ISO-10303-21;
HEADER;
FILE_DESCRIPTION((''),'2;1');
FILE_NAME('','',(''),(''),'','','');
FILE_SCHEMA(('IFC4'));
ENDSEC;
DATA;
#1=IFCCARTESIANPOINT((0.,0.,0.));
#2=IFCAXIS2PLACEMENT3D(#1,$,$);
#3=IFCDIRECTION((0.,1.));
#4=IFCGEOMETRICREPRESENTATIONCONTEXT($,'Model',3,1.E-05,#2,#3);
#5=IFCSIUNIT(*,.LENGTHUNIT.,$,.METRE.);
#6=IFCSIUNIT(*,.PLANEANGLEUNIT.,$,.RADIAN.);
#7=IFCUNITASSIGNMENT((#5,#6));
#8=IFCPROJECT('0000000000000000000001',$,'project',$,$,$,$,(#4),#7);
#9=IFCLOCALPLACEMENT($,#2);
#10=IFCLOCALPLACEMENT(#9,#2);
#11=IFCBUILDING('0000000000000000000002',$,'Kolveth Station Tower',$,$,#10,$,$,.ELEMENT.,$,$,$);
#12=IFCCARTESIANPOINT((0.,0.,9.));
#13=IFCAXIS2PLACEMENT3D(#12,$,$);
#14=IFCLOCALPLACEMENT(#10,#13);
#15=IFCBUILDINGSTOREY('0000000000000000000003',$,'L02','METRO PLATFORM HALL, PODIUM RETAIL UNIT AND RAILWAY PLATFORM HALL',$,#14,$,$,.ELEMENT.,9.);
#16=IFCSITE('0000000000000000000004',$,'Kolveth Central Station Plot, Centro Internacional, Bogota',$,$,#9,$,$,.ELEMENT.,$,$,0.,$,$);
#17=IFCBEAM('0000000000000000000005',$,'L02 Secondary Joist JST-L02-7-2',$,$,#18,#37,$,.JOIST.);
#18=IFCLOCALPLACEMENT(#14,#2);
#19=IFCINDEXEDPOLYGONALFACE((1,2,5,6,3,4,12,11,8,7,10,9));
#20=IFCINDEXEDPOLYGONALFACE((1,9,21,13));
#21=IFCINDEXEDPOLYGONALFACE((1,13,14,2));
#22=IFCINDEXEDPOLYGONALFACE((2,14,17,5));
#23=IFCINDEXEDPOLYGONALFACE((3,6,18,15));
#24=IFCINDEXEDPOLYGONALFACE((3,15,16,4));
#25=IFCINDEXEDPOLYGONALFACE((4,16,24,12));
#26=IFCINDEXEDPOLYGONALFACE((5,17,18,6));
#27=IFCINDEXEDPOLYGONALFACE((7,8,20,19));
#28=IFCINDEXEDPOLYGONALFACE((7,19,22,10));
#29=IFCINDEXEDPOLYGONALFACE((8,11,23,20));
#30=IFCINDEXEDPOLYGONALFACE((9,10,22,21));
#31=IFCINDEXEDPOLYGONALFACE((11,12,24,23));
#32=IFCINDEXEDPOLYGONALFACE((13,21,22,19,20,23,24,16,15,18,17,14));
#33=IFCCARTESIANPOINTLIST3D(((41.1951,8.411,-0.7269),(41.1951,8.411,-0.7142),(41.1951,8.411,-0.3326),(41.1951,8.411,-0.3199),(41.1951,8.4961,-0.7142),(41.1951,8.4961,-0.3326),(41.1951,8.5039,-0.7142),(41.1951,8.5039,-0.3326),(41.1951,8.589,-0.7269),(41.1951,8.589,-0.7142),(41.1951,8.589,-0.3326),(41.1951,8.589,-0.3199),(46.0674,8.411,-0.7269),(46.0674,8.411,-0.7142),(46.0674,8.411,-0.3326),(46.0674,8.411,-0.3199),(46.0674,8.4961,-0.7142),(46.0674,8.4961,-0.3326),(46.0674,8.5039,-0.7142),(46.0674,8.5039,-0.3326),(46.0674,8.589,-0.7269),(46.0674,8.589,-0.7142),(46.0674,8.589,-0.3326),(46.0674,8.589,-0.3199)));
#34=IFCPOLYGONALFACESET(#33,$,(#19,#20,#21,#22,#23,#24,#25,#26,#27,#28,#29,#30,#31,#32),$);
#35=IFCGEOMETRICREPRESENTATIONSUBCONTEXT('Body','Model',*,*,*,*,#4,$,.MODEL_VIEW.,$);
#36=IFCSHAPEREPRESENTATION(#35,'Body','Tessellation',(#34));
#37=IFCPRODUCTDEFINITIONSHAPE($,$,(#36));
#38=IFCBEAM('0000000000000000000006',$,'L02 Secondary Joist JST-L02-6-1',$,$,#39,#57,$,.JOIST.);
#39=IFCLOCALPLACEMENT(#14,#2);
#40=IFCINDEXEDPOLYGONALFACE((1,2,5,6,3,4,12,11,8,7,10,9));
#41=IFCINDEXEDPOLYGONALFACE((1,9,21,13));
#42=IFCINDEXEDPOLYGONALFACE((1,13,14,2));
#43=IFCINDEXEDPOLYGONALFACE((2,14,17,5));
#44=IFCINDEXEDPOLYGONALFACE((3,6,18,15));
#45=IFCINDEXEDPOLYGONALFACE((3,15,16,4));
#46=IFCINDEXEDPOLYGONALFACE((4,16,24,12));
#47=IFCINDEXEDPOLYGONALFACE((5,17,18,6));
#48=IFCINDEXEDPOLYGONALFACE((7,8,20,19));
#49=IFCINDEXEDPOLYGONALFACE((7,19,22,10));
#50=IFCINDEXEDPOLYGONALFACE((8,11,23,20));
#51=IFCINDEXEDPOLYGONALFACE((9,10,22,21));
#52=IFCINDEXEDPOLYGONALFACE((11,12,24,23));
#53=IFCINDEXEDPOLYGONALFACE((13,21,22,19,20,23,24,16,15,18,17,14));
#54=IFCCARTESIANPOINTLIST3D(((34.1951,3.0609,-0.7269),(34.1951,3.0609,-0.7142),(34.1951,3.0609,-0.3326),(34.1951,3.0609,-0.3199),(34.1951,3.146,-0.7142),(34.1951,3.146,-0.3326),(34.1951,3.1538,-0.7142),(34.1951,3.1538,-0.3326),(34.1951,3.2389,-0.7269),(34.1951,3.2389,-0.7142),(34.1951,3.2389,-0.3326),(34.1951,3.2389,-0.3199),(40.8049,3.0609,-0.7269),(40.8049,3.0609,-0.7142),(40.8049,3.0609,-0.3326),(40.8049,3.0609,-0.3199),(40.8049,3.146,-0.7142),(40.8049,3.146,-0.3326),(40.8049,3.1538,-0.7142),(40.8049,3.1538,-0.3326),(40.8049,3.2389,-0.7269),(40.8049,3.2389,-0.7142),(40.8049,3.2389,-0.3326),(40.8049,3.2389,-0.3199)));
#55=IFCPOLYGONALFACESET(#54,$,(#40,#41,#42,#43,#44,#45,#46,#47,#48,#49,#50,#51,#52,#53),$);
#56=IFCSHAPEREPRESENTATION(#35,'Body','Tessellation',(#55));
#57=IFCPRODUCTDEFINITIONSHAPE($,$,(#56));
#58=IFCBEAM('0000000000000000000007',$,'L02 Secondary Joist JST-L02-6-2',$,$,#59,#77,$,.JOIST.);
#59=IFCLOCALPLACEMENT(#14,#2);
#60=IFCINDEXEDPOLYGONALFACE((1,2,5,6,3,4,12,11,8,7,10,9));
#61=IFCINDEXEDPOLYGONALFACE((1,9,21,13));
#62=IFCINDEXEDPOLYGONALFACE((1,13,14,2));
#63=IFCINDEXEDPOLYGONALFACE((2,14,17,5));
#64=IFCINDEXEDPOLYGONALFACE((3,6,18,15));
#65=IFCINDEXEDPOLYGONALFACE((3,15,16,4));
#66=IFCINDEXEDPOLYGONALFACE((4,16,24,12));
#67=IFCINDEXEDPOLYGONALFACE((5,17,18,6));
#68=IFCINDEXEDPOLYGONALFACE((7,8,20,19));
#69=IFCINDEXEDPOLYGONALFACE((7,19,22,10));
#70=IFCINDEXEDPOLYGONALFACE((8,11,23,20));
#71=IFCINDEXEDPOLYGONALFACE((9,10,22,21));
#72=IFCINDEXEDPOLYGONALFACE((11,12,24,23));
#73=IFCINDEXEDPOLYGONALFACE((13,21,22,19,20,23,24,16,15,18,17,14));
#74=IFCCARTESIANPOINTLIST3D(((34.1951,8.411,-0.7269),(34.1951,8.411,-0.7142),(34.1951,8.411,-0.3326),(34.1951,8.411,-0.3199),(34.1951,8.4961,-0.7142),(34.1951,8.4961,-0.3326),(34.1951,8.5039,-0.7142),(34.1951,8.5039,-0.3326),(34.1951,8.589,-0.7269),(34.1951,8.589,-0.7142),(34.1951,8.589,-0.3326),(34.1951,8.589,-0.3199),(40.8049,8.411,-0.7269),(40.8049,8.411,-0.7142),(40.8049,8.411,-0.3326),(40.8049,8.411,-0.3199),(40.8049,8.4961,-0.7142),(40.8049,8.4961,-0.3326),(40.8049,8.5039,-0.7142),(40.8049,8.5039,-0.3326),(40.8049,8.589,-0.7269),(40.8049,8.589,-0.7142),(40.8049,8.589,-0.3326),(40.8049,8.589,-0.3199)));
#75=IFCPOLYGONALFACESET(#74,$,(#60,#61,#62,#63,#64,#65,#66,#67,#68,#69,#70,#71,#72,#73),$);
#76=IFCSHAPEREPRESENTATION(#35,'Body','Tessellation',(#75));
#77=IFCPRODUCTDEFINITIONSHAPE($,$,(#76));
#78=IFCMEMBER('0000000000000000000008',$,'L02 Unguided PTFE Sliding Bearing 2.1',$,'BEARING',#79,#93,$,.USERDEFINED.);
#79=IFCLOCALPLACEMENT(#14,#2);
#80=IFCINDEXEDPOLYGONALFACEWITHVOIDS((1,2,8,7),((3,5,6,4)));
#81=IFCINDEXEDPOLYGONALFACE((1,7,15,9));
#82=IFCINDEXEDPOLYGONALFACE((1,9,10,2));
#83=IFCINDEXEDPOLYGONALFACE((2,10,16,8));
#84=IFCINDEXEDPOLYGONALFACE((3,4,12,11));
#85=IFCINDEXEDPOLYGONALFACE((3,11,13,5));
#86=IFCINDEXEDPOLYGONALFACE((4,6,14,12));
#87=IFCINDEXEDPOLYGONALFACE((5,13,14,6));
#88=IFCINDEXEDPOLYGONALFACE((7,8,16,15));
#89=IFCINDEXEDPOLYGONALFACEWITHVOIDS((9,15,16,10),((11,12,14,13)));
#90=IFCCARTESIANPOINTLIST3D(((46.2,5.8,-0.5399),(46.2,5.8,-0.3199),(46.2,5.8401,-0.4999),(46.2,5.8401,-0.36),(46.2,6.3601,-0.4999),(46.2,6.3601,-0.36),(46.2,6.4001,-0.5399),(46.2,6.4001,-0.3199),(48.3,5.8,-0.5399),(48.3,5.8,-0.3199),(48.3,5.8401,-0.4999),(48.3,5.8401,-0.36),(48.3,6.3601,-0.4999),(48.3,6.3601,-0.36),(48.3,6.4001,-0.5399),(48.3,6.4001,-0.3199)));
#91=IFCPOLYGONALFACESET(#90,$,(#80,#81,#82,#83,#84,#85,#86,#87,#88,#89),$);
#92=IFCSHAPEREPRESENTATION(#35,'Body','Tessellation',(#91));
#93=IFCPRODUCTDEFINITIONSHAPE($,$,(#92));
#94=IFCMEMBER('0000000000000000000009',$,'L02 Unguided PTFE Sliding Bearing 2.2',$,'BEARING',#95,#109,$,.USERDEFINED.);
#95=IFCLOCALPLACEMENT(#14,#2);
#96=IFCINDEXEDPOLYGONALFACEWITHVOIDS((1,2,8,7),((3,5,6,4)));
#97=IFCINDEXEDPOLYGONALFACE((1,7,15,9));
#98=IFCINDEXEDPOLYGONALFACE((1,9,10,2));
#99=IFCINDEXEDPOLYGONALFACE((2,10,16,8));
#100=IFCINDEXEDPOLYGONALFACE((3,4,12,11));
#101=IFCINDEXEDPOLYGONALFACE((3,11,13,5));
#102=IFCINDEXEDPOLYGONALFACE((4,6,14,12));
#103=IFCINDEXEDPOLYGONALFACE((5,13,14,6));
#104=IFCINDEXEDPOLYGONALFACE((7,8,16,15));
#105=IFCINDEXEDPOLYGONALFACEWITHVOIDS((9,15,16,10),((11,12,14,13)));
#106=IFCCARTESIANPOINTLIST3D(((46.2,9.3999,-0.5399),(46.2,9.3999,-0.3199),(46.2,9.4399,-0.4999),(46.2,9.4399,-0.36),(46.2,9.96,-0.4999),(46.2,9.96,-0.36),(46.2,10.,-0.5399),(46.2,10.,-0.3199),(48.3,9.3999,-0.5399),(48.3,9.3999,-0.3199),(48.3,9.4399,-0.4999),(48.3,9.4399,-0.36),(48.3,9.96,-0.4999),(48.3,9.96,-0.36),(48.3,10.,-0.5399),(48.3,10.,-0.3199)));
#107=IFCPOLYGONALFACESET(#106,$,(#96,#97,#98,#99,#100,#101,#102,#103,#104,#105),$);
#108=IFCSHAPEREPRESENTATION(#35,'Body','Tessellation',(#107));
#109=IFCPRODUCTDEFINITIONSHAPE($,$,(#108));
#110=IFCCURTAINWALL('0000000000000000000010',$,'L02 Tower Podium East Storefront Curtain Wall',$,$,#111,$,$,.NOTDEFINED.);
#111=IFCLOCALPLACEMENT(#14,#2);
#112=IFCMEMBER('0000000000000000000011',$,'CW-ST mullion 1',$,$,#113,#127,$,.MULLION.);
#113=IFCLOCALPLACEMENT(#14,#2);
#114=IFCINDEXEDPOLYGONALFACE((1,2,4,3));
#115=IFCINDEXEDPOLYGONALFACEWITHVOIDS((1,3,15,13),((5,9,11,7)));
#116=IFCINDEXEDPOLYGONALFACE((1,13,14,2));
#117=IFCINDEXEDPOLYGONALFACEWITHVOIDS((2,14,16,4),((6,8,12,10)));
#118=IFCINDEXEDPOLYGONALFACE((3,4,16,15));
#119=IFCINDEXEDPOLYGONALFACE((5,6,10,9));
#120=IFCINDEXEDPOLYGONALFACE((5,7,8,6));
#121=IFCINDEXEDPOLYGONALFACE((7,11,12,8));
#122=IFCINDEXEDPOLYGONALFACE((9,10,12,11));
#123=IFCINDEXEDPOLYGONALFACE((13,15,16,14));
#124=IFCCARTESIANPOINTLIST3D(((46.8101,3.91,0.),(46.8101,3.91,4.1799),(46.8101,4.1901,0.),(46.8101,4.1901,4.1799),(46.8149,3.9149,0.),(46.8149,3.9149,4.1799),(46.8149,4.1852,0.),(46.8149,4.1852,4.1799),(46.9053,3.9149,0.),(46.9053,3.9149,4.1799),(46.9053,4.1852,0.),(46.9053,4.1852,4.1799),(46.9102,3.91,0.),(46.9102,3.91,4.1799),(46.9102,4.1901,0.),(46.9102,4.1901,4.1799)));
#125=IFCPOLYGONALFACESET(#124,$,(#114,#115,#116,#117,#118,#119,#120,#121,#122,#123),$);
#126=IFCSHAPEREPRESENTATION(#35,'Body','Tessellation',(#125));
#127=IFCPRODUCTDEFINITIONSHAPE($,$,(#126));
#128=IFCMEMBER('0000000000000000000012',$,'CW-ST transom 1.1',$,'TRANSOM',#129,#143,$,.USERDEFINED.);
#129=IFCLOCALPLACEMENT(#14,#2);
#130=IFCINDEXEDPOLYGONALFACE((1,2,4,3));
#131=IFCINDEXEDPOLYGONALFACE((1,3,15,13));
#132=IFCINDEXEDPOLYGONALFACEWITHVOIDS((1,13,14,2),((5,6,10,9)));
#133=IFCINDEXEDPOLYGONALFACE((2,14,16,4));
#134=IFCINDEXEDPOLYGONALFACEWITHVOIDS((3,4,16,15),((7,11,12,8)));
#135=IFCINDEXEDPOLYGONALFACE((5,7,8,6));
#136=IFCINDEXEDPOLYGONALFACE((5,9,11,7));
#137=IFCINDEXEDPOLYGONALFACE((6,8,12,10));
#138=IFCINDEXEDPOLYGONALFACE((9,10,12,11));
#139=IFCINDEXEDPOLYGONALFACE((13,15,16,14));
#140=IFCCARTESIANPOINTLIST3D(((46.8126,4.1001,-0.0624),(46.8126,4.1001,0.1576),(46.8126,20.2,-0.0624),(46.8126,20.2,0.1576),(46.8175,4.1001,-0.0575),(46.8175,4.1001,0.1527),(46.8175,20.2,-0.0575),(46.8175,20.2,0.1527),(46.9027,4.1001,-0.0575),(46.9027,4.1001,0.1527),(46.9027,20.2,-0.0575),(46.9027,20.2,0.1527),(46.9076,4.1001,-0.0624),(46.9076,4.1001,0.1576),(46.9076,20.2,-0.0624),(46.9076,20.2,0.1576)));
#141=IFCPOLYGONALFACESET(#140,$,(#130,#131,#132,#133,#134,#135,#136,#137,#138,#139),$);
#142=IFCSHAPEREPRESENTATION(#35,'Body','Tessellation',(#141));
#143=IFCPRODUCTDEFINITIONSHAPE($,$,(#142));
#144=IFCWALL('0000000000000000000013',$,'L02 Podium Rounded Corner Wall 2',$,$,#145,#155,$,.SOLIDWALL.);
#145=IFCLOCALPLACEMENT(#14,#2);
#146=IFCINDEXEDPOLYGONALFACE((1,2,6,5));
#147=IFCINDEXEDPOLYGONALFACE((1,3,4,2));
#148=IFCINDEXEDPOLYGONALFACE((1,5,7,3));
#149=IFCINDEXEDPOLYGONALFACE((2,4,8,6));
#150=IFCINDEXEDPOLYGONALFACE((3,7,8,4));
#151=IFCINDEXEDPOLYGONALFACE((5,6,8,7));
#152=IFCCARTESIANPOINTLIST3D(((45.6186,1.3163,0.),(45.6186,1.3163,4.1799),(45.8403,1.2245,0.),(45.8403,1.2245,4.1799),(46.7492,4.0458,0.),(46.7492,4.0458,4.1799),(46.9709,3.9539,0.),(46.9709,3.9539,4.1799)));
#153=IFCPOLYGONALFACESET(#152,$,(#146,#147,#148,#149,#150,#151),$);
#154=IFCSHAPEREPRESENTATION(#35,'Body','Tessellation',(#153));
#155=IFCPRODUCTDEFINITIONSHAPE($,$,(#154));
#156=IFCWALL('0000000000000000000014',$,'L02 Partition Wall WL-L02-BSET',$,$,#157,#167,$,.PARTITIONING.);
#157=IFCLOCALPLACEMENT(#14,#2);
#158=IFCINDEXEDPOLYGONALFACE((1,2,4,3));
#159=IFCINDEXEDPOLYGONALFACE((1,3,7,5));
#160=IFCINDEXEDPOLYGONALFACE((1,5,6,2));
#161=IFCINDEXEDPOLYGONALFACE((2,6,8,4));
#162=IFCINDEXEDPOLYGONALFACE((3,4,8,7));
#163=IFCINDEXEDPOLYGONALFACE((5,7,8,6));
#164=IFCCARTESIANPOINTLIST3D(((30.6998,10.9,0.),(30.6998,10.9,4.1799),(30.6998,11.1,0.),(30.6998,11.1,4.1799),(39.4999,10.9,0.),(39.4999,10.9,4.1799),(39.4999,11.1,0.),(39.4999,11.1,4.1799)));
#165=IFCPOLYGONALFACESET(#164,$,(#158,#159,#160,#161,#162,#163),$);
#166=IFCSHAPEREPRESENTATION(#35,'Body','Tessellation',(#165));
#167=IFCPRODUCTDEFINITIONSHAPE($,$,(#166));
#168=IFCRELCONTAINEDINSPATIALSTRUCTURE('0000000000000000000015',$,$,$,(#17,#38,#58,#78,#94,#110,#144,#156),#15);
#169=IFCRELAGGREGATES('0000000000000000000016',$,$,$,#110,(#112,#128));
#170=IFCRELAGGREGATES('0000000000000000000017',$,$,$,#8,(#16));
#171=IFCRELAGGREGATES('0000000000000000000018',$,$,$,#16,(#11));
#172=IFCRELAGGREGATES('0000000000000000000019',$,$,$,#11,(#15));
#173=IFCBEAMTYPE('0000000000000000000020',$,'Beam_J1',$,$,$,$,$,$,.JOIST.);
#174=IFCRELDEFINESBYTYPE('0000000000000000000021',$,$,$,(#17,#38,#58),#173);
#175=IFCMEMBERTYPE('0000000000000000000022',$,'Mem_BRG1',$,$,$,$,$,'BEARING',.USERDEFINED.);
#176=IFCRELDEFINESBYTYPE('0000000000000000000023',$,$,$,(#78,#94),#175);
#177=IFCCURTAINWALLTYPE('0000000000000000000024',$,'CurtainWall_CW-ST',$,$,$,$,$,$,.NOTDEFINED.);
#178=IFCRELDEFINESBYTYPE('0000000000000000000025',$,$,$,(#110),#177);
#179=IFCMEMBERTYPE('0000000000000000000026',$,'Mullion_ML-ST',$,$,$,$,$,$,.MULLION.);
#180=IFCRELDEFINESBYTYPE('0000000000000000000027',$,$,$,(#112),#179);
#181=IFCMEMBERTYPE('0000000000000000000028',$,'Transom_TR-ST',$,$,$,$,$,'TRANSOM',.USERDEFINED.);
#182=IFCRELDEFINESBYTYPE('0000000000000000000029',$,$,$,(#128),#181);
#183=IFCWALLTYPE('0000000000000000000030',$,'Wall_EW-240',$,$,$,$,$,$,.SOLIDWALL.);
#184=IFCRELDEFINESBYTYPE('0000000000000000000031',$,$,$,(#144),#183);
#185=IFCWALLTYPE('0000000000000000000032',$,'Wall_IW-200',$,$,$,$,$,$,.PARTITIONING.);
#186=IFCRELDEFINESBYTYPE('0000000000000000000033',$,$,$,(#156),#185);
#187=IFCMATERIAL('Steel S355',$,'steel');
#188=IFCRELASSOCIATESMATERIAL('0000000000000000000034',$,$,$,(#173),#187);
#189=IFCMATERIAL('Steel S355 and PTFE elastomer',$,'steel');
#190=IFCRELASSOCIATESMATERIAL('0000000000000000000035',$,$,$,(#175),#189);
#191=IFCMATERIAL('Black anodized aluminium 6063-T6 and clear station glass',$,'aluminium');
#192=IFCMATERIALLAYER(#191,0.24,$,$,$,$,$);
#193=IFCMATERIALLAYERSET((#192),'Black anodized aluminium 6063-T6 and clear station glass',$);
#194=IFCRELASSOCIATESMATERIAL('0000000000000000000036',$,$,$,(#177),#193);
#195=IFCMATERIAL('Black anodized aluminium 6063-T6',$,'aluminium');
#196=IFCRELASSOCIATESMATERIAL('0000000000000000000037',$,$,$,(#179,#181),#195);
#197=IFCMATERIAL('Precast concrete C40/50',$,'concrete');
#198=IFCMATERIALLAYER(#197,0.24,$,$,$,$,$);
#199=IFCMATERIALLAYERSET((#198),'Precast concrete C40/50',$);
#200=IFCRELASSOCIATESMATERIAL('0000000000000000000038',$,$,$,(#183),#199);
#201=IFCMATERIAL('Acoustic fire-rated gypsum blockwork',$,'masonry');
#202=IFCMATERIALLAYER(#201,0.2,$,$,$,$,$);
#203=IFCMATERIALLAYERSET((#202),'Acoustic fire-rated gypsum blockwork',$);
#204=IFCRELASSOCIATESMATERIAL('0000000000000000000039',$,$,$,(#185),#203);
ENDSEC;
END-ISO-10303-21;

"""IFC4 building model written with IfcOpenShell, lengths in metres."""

from ifc_helpers import new_model, si_unit, direction, frame, frame_2d, origin, origin_2d, place, context, subcontext, project, spatial, rectangle, hollow_rectangle, i_section, extrude, source, transform, mapped, material, layer, layer_set, material_profile, profile_set, type_object, element, aggregate, save


model = new_model("IFC4")

# Units and contexts
model_context = context("Model", 3, precision=1e-05, world=origin(), true_north=direction((0.0, 1.0)))
body_context = subcontext(model_context, "Body", "Model", "MODEL_VIEW")
ifc_project = project(units=[si_unit("LENGTHUNIT", "METRE"), si_unit("PLANEANGLEUNIT", "RADIAN")], contexts=[model_context])

# Site, building, storey
site_placement = place(None, origin())
site = spatial("IfcSite", under=ifc_project, at=site_placement, Name="Kolveth Central Station Plot, Centro Internacional, Bogota", CompositionType="ELEMENT", RefElevation=0.0)
building_placement = place(site_placement, origin())
building = spatial("IfcBuilding", under=site, at=building_placement, Name="Kolveth Station Tower", CompositionType="ELEMENT")
storey_placement = place(building_placement, frame((0.0, 0.0, 9.0)))
storey = spatial("IfcBuildingStorey", under=building, at=storey_placement, Name="L02", Description="METRO PLATFORM HALL, PODIUM RETAIL UNIT AND RAILWAY PLATFORM HALL", CompositionType="ELEMENT", Elevation=9.0)

# Beams
ifc_material_1 = material(Name="Steel S355", Category="steel")
ifc_material_profile_1 = material_profile(ifc_material_1, i_section(OverallWidth=0.178, OverallDepth=0.407, WebThickness=0.0078, FlangeThickness=0.0127, at=origin_2d()), Name="W410x60")
ifc_profile_set_1 = profile_set([ifc_material_profile_1], Name="Steel S355")
beam_type_1 = type_object("IfcBeamType", Name="Beam_J1", PredefinedType="JOIST", material=ifc_profile_set_1)
shared_shape_1 = source(origin(), body_context, "Body", "SweptSolid", [
    extrude(i_section(OverallWidth=0.178, OverallDepth=0.407, WebThickness=0.0078, FlangeThickness=0.0127, at=origin_2d()), origin(), (0.0, 0.0, 1.0), 4.8723),
])
beam_1_placement = place(storey_placement, frame((41.1951, 8.5, -0.5234), z_axis=(1.0, 0.0, 0.0), x_axis=(0.0, 1.0, 0.0)))
element("IfcBeam", 1, at=beam_1_placement, inside=storey, type_object=beam_type_1, Name="L02 Secondary Joist JST-L02-7-2", PredefinedType="JOIST", context=body_context, shape_type="MappedRepresentation", body=[
    mapped(shared_shape_1, transform((0.0, 0.0, 0.0), x_axis=(1.0, 0.0, 0.0), y_axis=(0.0, 1.0, 0.0), z_axis=(0.0, 0.0, 1.0), scale=1.0)),
])
shared_shape_2 = source(origin(), body_context, "Body", "SweptSolid", [
    extrude(i_section(OverallWidth=0.178, OverallDepth=0.407, WebThickness=0.0078, FlangeThickness=0.0127, at=origin_2d()), origin(), (0.0, 0.0, 1.0), 6.6099),
])
for number, where, z_axis, x_axis, name in (
    (2, (34.1951, 3.1499, -0.5234), (1.0, 0.0, 0.0), (0.0, 1.0, 0.0), "L02 Secondary Joist JST-L02-6-1"),
    (3, (34.1951, 8.5, -0.5234), (1.0, 0.0, 0.0), (0.0, 1.0, 0.0), "L02 Secondary Joist JST-L02-6-2"),
):
    element("IfcBeam", number, at=place(storey_placement, frame(where, z_axis=z_axis, x_axis=x_axis)), inside=storey, type_object=beam_type_1, Name=name, PredefinedType="JOIST", context=body_context, shape_type="MappedRepresentation", body=[
        mapped(shared_shape_2, transform((0.0, 0.0, 0.0), x_axis=(1.0, 0.0, 0.0), y_axis=(0.0, 1.0, 0.0), z_axis=(0.0, 0.0, 1.0), scale=1.0)),
    ])

# Members
ifc_material_2 = material(Name="Steel S355 and PTFE elastomer", Category="steel")
ifc_material_profile_2 = material_profile(ifc_material_2, hollow_rectangle(XDim=0.6001, YDim=0.22, WallThickness=0.04, at=origin_2d()), Name="PTFE-BEARING-750x600")
ifc_profile_set_2 = profile_set([ifc_material_profile_2], Name="Steel S355 and PTFE elastomer")
member_type_1 = type_object("IfcMemberType", Name="Mem_BRG1", ElementType="BEARING", PredefinedType="USERDEFINED", material=ifc_profile_set_2)
shared_shape_3 = source(origin(), body_context, "Body", "SweptSolid", [
    extrude(hollow_rectangle(XDim=0.6001, YDim=0.22, WallThickness=0.04, at=origin_2d()), origin(), (0.0, 0.0, 1.0), 2.1001),
])
for number, where, z_axis, x_axis, name in (
    (4, (46.2, 6.1001, -0.4299), (1.0, 0.0, 0.0), (0.0, 1.0, 0.0), "L02 Unguided PTFE Sliding Bearing 2.1"),
    (5, (46.2, 9.7, -0.4299), (1.0, 0.0, 0.0), (0.0, 1.0, 0.0), "L02 Unguided PTFE Sliding Bearing 2.2"),
):
    element("IfcMember", number, at=place(storey_placement, frame(where, z_axis=z_axis, x_axis=x_axis)), inside=storey, type_object=member_type_1, Name=name, ObjectType="BEARING", PredefinedType="USERDEFINED", context=body_context, shape_type="MappedRepresentation", body=[
        mapped(shared_shape_3, transform((0.0, 0.0, 0.0), x_axis=(1.0, 0.0, 0.0), y_axis=(0.0, 1.0, 0.0), z_axis=(0.0, 0.0, 1.0), scale=1.0)),
    ])

# Curtain wall, members
ifc_material_3 = material(Name="Black anodized aluminium 6063-T6 and clear station glass", Category="aluminium")
ifc_layer_1 = layer(ifc_material_3, 0.24)
ifc_layer_set_1 = layer_set([ifc_layer_1], Name="Black anodized aluminium 6063-T6 and clear station glass")
curtain_wall_type = type_object("IfcCurtainWallType", Name="CurtainWall_CW-ST", PredefinedType="NOTDEFINED", material=ifc_layer_set_1)
curtain_wall_placement = place(storey_placement, origin())
curtain_wall = element("IfcCurtainWall", 6, at=curtain_wall_placement, inside=storey, type_object=curtain_wall_type, Name="L02 Tower Podium East Storefront Curtain Wall", PredefinedType="NOTDEFINED")
ifc_material_4 = material(Name="Black anodized aluminium 6063-T6", Category="aluminium")
ifc_material_profile_3 = material_profile(ifc_material_4, hollow_rectangle(XDim=0.1001, YDim=0.28, WallThickness=0.0049, at=origin_2d()), Name="ALU-100x280x5")
ifc_profile_set_3 = profile_set([ifc_material_profile_3], Name="Black anodized aluminium 6063-T6")
member_type_2 = type_object("IfcMemberType", Name="Mullion_ML-ST", PredefinedType="MULLION", material=ifc_profile_set_3)
shared_shape_4 = source(origin(), body_context, "Body", "SweptSolid", [
    extrude(hollow_rectangle(XDim=0.1001, YDim=0.28, WallThickness=0.0049, at=origin_2d()), origin(), (0.0, 0.0, 1.0), 4.1799),
])
member_1_placement = place(storey_placement, frame((46.8601, 4.05, 0.0), z_axis=(0.0, 0.0, 1.0), x_axis=(-1.0, 0.0, 0.0)))
member_1 = element("IfcMember", 7, at=member_1_placement, type_object=member_type_2, Name="CW-ST mullion 1", PredefinedType="MULLION", context=body_context, shape_type="MappedRepresentation", body=[
    mapped(shared_shape_4, transform((0.0, 0.0, 0.0), x_axis=(1.0, 0.0, 0.0), y_axis=(0.0, 1.0, 0.0), z_axis=(0.0, 0.0, 1.0), scale=1.0)),
])
ifc_material_profile_4 = material_profile(ifc_material_4, hollow_rectangle(XDim=0.095, YDim=0.22, WallThickness=0.0049, at=origin_2d()), Name="ALU-95x220x5")
ifc_profile_set_4 = profile_set([ifc_material_profile_4], Name="Black anodized aluminium 6063-T6")
member_type_3 = type_object("IfcMemberType", Name="Transom_TR-ST", ElementType="TRANSOM", PredefinedType="USERDEFINED", material=ifc_profile_set_4)
shared_shape_5 = source(origin(), body_context, "Body", "SweptSolid", [
    extrude(hollow_rectangle(XDim=0.095, YDim=0.22, WallThickness=0.0049, at=origin_2d()), origin(), (0.0, 0.0, 1.0), 16.0999),
])
member_2_placement = place(storey_placement, frame((46.8601, 4.1001, 0.0476), z_axis=(0.0, 1.0, 0.0), x_axis=(-1.0, 0.0, 0.0)))
member_2 = element("IfcMember", 8, at=member_2_placement, type_object=member_type_3, Name="CW-ST transom 1.1", ObjectType="TRANSOM", PredefinedType="USERDEFINED", context=body_context, shape_type="MappedRepresentation", body=[
    mapped(shared_shape_5, transform((0.0, 0.0, 0.0), x_axis=(1.0, 0.0, 0.0), y_axis=(0.0, 1.0, 0.0), z_axis=(0.0, 0.0, 1.0), scale=1.0)),
])
aggregate(curtain_wall, [member_1, member_2])

# Walls
ifc_material_5 = material(Name="Precast concrete C40/50", Category="concrete")
ifc_layer_2 = layer(ifc_material_5, 0.24)
ifc_layer_set_2 = layer_set([ifc_layer_2], Name="Precast concrete C40/50")
wall_type_1 = type_object("IfcWallType", Name="Wall_EW-240", PredefinedType="SOLIDWALL", material=ifc_layer_set_2)
wall_1_placement = place(storey_placement, frame((45.7295, 1.2705, 0.0), z_axis=(0.0, 0.0, 1.0), x_axis=(0.38269, 0.923877, 0.0)))
element("IfcWall", 9, at=wall_1_placement, inside=storey, type_object=wall_type_1, Name="L02 Podium Rounded Corner Wall 2", PredefinedType="SOLIDWALL", context=body_context, shape_type="SweptSolid", body=[
    extrude(rectangle(XDim=2.9543, YDim=0.24, at=frame_2d((1.4771, 0.0))), origin(), (0.0, 0.0, 1.0), 4.1799),
])
ifc_material_6 = material(Name="Acoustic fire-rated gypsum blockwork", Category="masonry")
ifc_layer_3 = layer(ifc_material_6, 0.2)
ifc_layer_set_3 = layer_set([ifc_layer_3], Name="Acoustic fire-rated gypsum blockwork")
wall_type_2 = type_object("IfcWallType", Name="Wall_IW-200", PredefinedType="PARTITIONING", material=ifc_layer_set_3)
wall_2_placement = place(storey_placement, frame((30.7, 11.0, 0.0), z_axis=(0.0, 0.0, 1.0), x_axis=(1.0, 0.0, 0.0)))
element("IfcWall", 10, at=wall_2_placement, inside=storey, type_object=wall_type_2, Name="L02 Partition Wall WL-L02-BSET", PredefinedType="PARTITIONING", context=body_context, shape_type="SweptSolid", body=[
    extrude(rectangle(XDim=8.8, YDim=0.2, at=frame_2d((4.3999, 0.0))), origin(), (0.0, 0.0, 1.0), 4.1799),
])

save(model, "model.ifc")
